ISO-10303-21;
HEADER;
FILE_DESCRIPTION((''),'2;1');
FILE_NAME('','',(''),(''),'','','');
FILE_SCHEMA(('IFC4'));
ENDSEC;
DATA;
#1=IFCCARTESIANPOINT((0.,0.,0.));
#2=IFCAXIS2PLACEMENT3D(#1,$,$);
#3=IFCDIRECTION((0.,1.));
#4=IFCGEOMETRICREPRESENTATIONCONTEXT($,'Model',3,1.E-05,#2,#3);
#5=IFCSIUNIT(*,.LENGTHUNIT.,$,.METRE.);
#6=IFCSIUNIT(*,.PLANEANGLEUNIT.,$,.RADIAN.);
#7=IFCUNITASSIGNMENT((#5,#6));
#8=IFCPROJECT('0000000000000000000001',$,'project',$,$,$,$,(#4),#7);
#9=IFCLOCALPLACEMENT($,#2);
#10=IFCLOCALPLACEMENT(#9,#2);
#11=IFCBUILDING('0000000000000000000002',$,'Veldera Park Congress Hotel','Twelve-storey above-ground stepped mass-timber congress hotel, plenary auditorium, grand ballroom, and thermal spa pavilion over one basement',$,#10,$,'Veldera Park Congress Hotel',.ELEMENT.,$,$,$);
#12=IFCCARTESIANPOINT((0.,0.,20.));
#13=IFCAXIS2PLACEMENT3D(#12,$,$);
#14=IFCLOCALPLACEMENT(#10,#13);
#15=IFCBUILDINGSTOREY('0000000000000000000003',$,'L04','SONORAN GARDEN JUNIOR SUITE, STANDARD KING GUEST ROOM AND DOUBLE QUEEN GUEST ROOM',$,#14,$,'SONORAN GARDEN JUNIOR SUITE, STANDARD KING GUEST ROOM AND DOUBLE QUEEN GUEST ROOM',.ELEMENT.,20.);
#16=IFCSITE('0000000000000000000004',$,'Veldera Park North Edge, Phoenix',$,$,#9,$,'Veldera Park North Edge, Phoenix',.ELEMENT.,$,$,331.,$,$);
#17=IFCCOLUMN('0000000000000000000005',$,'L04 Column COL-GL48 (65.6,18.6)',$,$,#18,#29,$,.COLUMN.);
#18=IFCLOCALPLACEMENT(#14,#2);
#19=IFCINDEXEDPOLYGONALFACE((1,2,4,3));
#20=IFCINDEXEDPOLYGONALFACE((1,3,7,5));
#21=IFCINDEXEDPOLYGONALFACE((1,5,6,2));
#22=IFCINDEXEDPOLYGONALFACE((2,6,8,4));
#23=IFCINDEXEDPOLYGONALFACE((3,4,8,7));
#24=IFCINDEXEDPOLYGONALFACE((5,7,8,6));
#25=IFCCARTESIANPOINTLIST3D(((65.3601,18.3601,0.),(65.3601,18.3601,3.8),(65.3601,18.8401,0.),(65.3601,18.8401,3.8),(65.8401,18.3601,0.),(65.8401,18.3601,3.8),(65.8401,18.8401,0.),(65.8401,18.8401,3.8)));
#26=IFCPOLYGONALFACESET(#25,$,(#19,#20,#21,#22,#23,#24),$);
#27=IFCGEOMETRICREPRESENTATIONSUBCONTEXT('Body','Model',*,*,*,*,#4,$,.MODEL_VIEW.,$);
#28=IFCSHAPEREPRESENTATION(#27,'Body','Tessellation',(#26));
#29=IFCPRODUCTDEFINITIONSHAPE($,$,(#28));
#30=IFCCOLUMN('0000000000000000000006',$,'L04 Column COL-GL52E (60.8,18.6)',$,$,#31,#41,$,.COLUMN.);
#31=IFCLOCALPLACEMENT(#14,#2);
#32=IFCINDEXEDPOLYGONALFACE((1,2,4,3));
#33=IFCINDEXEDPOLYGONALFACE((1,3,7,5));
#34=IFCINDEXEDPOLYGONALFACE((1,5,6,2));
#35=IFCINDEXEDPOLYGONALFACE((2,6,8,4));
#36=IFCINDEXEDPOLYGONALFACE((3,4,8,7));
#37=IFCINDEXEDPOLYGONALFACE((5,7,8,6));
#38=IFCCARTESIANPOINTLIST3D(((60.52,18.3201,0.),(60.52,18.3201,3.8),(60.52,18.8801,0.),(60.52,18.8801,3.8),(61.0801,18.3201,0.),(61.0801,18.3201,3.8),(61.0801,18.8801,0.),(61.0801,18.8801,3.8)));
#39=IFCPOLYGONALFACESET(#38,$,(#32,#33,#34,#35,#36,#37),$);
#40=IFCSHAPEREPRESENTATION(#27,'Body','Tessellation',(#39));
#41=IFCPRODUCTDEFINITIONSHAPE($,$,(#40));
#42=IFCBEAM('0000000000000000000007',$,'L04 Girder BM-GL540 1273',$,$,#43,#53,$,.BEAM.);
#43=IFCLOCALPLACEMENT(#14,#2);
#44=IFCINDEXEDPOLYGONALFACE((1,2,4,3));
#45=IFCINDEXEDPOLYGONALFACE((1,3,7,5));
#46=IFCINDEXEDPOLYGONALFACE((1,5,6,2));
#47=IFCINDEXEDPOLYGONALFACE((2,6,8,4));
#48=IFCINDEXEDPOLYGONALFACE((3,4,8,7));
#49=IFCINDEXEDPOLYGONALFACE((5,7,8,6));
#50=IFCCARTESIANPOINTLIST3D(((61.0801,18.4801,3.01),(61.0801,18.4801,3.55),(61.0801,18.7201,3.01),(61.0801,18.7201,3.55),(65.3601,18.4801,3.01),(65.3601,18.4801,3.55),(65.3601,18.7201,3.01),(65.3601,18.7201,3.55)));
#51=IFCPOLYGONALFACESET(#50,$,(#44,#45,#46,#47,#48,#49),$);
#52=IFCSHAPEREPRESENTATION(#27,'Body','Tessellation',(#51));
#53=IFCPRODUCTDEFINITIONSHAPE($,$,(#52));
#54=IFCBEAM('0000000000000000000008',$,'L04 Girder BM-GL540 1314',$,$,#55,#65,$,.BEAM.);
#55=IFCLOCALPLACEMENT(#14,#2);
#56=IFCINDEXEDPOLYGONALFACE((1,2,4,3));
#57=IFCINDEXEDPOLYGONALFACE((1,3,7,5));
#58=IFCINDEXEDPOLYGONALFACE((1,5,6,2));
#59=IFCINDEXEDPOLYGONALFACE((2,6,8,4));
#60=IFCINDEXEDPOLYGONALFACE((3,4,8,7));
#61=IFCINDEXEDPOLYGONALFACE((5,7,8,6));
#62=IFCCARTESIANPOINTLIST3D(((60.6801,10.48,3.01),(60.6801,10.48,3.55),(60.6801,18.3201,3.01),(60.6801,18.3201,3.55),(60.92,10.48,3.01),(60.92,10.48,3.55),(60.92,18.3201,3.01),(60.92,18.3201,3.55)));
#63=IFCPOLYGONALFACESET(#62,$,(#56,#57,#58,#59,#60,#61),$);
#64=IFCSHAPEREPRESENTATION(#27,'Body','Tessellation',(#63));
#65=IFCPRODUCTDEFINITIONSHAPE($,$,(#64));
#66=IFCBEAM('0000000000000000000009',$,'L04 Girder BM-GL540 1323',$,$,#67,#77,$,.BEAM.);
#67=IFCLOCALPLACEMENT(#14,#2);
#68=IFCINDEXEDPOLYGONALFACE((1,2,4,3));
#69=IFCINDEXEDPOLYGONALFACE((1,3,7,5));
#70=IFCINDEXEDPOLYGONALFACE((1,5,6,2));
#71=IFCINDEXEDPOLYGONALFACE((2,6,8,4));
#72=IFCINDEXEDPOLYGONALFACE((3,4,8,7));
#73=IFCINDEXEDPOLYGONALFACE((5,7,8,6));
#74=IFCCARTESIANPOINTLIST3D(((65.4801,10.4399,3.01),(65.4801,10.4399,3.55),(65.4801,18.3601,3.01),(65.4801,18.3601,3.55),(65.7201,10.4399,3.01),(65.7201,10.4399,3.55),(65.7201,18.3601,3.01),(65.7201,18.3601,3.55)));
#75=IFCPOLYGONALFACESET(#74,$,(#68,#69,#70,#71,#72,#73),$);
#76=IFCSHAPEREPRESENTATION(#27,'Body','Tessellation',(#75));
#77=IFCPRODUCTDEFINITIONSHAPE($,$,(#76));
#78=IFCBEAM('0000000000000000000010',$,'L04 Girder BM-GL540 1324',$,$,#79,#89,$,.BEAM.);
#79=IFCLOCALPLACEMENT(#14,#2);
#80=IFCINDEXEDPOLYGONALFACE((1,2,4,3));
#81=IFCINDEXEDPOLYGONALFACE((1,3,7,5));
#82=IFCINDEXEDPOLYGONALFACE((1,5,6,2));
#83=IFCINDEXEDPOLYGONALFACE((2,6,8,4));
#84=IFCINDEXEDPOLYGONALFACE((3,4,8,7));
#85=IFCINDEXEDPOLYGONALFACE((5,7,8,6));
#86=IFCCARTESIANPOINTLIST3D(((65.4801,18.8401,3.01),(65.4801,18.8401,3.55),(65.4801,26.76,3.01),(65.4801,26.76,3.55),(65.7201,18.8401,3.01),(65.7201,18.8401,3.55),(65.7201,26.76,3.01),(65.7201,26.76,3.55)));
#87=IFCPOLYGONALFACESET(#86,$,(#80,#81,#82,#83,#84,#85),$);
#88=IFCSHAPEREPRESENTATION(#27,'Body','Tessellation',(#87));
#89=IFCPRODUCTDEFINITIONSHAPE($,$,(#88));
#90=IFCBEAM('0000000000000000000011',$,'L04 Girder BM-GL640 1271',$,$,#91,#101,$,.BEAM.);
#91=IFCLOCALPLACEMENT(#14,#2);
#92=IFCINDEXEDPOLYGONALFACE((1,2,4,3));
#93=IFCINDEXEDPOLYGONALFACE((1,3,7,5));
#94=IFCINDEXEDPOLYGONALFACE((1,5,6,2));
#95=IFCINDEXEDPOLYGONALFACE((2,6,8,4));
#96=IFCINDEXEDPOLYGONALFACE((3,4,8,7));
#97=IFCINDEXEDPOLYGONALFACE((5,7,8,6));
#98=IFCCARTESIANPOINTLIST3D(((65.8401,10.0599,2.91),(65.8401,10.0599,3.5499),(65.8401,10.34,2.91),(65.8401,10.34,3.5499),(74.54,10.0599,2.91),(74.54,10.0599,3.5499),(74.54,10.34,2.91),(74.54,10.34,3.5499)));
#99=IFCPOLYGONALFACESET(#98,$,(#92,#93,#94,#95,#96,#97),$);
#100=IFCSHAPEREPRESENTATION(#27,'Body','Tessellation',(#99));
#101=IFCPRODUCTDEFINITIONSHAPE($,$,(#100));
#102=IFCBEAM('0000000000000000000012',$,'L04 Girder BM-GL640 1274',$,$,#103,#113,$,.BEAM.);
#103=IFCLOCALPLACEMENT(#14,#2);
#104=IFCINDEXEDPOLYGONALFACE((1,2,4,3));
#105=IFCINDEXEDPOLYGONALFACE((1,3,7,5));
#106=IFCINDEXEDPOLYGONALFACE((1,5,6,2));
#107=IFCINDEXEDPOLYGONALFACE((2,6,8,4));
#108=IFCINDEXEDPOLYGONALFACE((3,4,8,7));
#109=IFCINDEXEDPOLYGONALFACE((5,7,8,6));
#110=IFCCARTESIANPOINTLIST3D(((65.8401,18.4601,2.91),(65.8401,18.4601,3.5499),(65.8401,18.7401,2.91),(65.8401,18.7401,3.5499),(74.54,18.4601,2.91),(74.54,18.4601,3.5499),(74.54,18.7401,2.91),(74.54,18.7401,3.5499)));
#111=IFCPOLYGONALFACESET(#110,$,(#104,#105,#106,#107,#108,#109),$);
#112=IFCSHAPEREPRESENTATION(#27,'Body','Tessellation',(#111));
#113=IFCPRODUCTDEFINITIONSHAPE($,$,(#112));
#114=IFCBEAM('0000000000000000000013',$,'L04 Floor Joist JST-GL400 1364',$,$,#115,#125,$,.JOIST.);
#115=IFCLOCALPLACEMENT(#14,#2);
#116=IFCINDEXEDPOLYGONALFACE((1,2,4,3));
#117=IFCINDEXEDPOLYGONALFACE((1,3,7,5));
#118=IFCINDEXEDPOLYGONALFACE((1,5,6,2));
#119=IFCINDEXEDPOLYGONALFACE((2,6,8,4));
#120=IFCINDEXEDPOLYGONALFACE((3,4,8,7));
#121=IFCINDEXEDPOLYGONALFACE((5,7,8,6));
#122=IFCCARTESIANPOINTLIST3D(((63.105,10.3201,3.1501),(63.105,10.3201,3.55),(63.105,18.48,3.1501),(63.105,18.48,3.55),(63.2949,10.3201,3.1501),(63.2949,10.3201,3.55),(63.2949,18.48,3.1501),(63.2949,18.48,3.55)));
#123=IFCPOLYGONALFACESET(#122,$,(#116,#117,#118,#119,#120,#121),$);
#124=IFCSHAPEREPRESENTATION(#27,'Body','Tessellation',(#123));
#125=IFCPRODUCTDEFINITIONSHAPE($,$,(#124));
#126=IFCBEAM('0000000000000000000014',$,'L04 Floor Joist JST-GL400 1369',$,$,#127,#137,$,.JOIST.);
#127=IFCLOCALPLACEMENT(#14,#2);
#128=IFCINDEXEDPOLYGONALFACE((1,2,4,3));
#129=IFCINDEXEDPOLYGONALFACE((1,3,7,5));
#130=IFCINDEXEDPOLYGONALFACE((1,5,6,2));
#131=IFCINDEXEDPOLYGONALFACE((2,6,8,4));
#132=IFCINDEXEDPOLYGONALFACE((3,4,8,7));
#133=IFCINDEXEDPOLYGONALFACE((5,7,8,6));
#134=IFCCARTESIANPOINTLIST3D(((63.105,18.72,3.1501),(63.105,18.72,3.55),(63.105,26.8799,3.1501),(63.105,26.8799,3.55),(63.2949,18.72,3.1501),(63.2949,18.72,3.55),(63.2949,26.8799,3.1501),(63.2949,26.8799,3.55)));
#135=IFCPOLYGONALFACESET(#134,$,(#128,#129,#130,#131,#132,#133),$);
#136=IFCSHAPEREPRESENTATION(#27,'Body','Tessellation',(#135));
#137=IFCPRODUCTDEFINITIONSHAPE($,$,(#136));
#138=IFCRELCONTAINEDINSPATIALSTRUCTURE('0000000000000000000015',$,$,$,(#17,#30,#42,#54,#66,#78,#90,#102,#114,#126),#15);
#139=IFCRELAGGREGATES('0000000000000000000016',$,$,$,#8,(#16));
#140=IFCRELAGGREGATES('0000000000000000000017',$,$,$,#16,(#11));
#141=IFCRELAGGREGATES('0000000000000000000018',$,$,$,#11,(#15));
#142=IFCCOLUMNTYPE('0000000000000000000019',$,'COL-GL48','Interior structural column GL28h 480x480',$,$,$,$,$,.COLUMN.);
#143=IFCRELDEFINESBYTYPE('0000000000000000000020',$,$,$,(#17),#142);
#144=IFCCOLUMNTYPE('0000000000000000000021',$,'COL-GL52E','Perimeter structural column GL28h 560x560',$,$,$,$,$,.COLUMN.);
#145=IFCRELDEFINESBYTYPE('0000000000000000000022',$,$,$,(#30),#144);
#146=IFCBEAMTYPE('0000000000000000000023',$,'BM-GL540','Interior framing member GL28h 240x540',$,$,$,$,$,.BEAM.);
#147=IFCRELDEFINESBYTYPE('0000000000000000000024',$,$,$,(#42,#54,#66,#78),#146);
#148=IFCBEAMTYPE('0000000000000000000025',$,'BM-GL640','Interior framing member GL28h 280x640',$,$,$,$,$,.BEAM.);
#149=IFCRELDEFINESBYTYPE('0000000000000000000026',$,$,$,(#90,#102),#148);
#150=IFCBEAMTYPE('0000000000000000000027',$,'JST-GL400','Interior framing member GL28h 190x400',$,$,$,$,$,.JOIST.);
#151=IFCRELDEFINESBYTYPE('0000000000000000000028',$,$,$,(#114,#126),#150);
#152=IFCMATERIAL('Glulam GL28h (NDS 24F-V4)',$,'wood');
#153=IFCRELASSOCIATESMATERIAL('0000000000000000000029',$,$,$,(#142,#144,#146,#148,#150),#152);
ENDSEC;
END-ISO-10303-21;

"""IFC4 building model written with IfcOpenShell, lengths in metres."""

from ifc_helpers import new_model, si_unit, direction, frame, origin, origin_2d, place, context, subcontext, project, spatial, rectangle, extrude, material, material_profile, profile_set, type_object, element, save


model = new_model("IFC4")

# Units and contexts
model_context = context("Model", 3, precision=1e-05, world=origin(), true_north=direction((0.0, 1.0)))
body_context = subcontext(model_context, "Body", "Model", "MODEL_VIEW")
ifc_project = project(units=[si_unit("LENGTHUNIT", "METRE"), si_unit("PLANEANGLEUNIT", "RADIAN")], contexts=[model_context])

# Site, building, storey
site_placement = place(None, origin())
site = spatial("IfcSite", under=ifc_project, at=site_placement, Name="Veldera Park North Edge, Phoenix", LongName="Veldera Park North Edge, Phoenix", CompositionType="ELEMENT", RefElevation=331.0)
building_placement = place(site_placement, origin())
building = spatial("IfcBuilding", under=site, at=building_placement, Name="Veldera Park Congress Hotel", Description="Twelve-storey above-ground stepped mass-timber congress hotel, plenary auditorium, grand ballroom, and thermal spa pavilion over one basement", LongName="Veldera Park Congress Hotel", CompositionType="ELEMENT")
storey_placement = place(building_placement, frame((0.0, 0.0, 20.0)))
storey = spatial("IfcBuildingStorey", under=building, at=storey_placement, Name="L04", Description="SONORAN GARDEN JUNIOR SUITE, STANDARD KING GUEST ROOM AND DOUBLE QUEEN GUEST ROOM", LongName="SONORAN GARDEN JUNIOR SUITE, STANDARD KING GUEST ROOM AND DOUBLE QUEEN GUEST ROOM", CompositionType="ELEMENT", Elevation=20.0)

# Columns
ifc_material_1 = material(Name="Glulam GL28h (NDS 24F-V4)", Category="wood")
ifc_material_profile_1 = material_profile(ifc_material_1, rectangle(XDim=0.48, YDim=0.48, at=origin_2d()), Name="GL28h 480x480")
ifc_profile_set_1 = profile_set([ifc_material_profile_1], Name="Glulam GL28h (NDS 24F-V4)")
column_type_1 = type_object("IfcColumnType", Name="COL-GL48", Description="Interior structural column GL28h 480x480", PredefinedType="COLUMN", material=ifc_profile_set_1)
column_1_placement = place(storey_placement, frame((65.6001, 18.6001, 0.0), z_axis=(0.0, 0.0, 1.0), x_axis=(1.0, 0.0, 0.0)))
element("IfcColumn", 1, at=column_1_placement, inside=storey, type_object=column_type_1, Name="L04 Column COL-GL48 (65.6,18.6)", PredefinedType="COLUMN", context=body_context, shape_type="SweptSolid", body=[
    extrude(rectangle(XDim=0.48, YDim=0.48, at=origin_2d()), origin(), (0.0, 0.0, 1.0), 3.8),
])
ifc_material_profile_2 = material_profile(ifc_material_1, rectangle(XDim=0.5601, YDim=0.5601, at=origin_2d()), Name="GL28h 560x560")
ifc_profile_set_2 = profile_set([ifc_material_profile_2], Name="Glulam GL28h (NDS 24F-V4)")
column_type_2 = type_object("IfcColumnType", Name="COL-GL52E", Description="Perimeter structural column GL28h 560x560", PredefinedType="COLUMN", material=ifc_profile_set_2)
column_2_placement = place(storey_placement, frame((60.8, 18.6001, 0.0), z_axis=(0.0, 0.0, 1.0), x_axis=(1.0, 0.0, 0.0)))
element("IfcColumn", 2, at=column_2_placement, inside=storey, type_object=column_type_2, Name="L04 Column COL-GL52E (60.8,18.6)", PredefinedType="COLUMN", context=body_context, shape_type="SweptSolid", body=[
    extrude(rectangle(XDim=0.5601, YDim=0.5601, at=origin_2d()), origin(), (0.0, 0.0, 1.0), 3.8),
])

# Beams
ifc_material_profile_3 = material_profile(ifc_material_1, rectangle(XDim=0.24, YDim=0.54, at=origin_2d()), Name="GL28h 240x540")
ifc_profile_set_3 = profile_set([ifc_material_profile_3], Name="Glulam GL28h (NDS 24F-V4)")
beam_type_1 = type_object("IfcBeamType", Name="BM-GL540", Description="Interior framing member GL28h 240x540", PredefinedType="BEAM", material=ifc_profile_set_3)
beam_1_placement = place(storey_placement, frame((61.0801, 18.6001, 3.28), z_axis=(1.0, 0.0, 0.0), x_axis=(0.0, 1.0, 0.0)))
element("IfcBeam", 3, at=beam_1_placement, inside=storey, type_object=beam_type_1, Name="L04 Girder BM-GL540 1273", PredefinedType="BEAM", context=body_context, shape_type="SweptSolid", body=[
    extrude(rectangle(XDim=0.24, YDim=0.54, at=origin_2d()), origin(), (0.0, 0.0, 1.0), 4.28),
])
beam_2_placement = place(storey_placement, frame((60.8, 10.48, 3.28), z_axis=(0.0, 1.0, 0.0), x_axis=(-1.0, 0.0, 0.0)))
element("IfcBeam", 4, at=beam_2_placement, inside=storey, type_object=beam_type_1, Name="L04 Girder BM-GL540 1314", PredefinedType="BEAM", context=body_context, shape_type="SweptSolid", body=[
    extrude(rectangle(XDim=0.24, YDim=0.54, at=origin_2d()), origin(), (0.0, 0.0, 1.0), 7.8401),
])
beam_3_placement = place(storey_placement, frame((65.6001, 10.4399, 3.28), z_axis=(0.0, 1.0, 0.0), x_axis=(-1.0, 0.0, 0.0)))
element("IfcBeam", 5, at=beam_3_placement, inside=storey, type_object=beam_type_1, Name="L04 Girder BM-GL540 1323", PredefinedType="BEAM", context=body_context, shape_type="SweptSolid", body=[
    extrude(rectangle(XDim=0.24, YDim=0.54, at=origin_2d()), origin(), (0.0, 0.0, 1.0), 7.9202),
])
beam_4_placement = place(storey_placement, frame((65.6001, 18.8401, 3.28), z_axis=(0.0, 1.0, 0.0), x_axis=(-1.0, 0.0, 0.0)))
element("IfcBeam", 6, at=beam_4_placement, inside=storey, type_object=beam_type_1, Name="L04 Girder BM-GL540 1324", PredefinedType="BEAM", context=body_context, shape_type="SweptSolid", body=[
    extrude(rectangle(XDim=0.24, YDim=0.54, at=origin_2d()), origin(), (0.0, 0.0, 1.0), 7.9199),
])
ifc_material_profile_4 = material_profile(ifc_material_1, rectangle(XDim=0.28, YDim=0.6399, at=origin_2d()), Name="GL28h 280x640")
ifc_profile_set_4 = profile_set([ifc_material_profile_4], Name="Glulam GL28h (NDS 24F-V4)")
beam_type_2 = type_object("IfcBeamType", Name="BM-GL640", Description="Interior framing member GL28h 280x640", PredefinedType="BEAM", material=ifc_profile_set_4)
for number, where, z_axis, x_axis, name in (
    (7, (65.8401, 10.2, 3.23), (1.0, 0.0, 0.0), (0.0, 1.0, 0.0), "L04 Girder BM-GL640 1271"),
    (8, (65.8401, 18.6001, 3.23), (1.0, 0.0, 0.0), (0.0, 1.0, 0.0), "L04 Girder BM-GL640 1274"),
):
    element("IfcBeam", number, at=place(storey_placement, frame(where, z_axis=z_axis, x_axis=x_axis)), inside=storey, type_object=beam_type_2, Name=name, PredefinedType="BEAM", context=body_context, shape_type="SweptSolid", body=[
        extrude(rectangle(XDim=0.28, YDim=0.6399, at=origin_2d()), origin(), (0.0, 0.0, 1.0), 8.7),
    ])
ifc_material_profile_5 = material_profile(ifc_material_1, rectangle(XDim=0.1899, YDim=0.3999, at=origin_2d()), Name="GL28h 190x400")
ifc_profile_set_5 = profile_set([ifc_material_profile_5], Name="Glulam GL28h (NDS 24F-V4)")
beam_type_3 = type_object("IfcBeamType", Name="JST-GL400", Description="Interior framing member GL28h 190x400", PredefinedType="JOIST", material=ifc_profile_set_5)
for number, where, z_axis, x_axis, name in (
    (9, (63.2, 10.3201, 3.3501), (0.0, 1.0, 0.0), (-1.0, 0.0, 0.0), "L04 Floor Joist JST-GL400 1364"),
    (10, (63.2, 18.72, 3.3501), (0.0, 1.0, 0.0), (-1.0, 0.0, 0.0), "L04 Floor Joist JST-GL400 1369"),
):
    element("IfcBeam", number, at=place(storey_placement, frame(where, z_axis=z_axis, x_axis=x_axis)), inside=storey, type_object=beam_type_3, Name=name, PredefinedType="JOIST", context=body_context, shape_type="SweptSolid", body=[
        extrude(rectangle(XDim=0.1899, YDim=0.3999, at=origin_2d()), origin(), (0.0, 0.0, 1.0), 8.1599),
    ])

save(model, "model.ifc")
